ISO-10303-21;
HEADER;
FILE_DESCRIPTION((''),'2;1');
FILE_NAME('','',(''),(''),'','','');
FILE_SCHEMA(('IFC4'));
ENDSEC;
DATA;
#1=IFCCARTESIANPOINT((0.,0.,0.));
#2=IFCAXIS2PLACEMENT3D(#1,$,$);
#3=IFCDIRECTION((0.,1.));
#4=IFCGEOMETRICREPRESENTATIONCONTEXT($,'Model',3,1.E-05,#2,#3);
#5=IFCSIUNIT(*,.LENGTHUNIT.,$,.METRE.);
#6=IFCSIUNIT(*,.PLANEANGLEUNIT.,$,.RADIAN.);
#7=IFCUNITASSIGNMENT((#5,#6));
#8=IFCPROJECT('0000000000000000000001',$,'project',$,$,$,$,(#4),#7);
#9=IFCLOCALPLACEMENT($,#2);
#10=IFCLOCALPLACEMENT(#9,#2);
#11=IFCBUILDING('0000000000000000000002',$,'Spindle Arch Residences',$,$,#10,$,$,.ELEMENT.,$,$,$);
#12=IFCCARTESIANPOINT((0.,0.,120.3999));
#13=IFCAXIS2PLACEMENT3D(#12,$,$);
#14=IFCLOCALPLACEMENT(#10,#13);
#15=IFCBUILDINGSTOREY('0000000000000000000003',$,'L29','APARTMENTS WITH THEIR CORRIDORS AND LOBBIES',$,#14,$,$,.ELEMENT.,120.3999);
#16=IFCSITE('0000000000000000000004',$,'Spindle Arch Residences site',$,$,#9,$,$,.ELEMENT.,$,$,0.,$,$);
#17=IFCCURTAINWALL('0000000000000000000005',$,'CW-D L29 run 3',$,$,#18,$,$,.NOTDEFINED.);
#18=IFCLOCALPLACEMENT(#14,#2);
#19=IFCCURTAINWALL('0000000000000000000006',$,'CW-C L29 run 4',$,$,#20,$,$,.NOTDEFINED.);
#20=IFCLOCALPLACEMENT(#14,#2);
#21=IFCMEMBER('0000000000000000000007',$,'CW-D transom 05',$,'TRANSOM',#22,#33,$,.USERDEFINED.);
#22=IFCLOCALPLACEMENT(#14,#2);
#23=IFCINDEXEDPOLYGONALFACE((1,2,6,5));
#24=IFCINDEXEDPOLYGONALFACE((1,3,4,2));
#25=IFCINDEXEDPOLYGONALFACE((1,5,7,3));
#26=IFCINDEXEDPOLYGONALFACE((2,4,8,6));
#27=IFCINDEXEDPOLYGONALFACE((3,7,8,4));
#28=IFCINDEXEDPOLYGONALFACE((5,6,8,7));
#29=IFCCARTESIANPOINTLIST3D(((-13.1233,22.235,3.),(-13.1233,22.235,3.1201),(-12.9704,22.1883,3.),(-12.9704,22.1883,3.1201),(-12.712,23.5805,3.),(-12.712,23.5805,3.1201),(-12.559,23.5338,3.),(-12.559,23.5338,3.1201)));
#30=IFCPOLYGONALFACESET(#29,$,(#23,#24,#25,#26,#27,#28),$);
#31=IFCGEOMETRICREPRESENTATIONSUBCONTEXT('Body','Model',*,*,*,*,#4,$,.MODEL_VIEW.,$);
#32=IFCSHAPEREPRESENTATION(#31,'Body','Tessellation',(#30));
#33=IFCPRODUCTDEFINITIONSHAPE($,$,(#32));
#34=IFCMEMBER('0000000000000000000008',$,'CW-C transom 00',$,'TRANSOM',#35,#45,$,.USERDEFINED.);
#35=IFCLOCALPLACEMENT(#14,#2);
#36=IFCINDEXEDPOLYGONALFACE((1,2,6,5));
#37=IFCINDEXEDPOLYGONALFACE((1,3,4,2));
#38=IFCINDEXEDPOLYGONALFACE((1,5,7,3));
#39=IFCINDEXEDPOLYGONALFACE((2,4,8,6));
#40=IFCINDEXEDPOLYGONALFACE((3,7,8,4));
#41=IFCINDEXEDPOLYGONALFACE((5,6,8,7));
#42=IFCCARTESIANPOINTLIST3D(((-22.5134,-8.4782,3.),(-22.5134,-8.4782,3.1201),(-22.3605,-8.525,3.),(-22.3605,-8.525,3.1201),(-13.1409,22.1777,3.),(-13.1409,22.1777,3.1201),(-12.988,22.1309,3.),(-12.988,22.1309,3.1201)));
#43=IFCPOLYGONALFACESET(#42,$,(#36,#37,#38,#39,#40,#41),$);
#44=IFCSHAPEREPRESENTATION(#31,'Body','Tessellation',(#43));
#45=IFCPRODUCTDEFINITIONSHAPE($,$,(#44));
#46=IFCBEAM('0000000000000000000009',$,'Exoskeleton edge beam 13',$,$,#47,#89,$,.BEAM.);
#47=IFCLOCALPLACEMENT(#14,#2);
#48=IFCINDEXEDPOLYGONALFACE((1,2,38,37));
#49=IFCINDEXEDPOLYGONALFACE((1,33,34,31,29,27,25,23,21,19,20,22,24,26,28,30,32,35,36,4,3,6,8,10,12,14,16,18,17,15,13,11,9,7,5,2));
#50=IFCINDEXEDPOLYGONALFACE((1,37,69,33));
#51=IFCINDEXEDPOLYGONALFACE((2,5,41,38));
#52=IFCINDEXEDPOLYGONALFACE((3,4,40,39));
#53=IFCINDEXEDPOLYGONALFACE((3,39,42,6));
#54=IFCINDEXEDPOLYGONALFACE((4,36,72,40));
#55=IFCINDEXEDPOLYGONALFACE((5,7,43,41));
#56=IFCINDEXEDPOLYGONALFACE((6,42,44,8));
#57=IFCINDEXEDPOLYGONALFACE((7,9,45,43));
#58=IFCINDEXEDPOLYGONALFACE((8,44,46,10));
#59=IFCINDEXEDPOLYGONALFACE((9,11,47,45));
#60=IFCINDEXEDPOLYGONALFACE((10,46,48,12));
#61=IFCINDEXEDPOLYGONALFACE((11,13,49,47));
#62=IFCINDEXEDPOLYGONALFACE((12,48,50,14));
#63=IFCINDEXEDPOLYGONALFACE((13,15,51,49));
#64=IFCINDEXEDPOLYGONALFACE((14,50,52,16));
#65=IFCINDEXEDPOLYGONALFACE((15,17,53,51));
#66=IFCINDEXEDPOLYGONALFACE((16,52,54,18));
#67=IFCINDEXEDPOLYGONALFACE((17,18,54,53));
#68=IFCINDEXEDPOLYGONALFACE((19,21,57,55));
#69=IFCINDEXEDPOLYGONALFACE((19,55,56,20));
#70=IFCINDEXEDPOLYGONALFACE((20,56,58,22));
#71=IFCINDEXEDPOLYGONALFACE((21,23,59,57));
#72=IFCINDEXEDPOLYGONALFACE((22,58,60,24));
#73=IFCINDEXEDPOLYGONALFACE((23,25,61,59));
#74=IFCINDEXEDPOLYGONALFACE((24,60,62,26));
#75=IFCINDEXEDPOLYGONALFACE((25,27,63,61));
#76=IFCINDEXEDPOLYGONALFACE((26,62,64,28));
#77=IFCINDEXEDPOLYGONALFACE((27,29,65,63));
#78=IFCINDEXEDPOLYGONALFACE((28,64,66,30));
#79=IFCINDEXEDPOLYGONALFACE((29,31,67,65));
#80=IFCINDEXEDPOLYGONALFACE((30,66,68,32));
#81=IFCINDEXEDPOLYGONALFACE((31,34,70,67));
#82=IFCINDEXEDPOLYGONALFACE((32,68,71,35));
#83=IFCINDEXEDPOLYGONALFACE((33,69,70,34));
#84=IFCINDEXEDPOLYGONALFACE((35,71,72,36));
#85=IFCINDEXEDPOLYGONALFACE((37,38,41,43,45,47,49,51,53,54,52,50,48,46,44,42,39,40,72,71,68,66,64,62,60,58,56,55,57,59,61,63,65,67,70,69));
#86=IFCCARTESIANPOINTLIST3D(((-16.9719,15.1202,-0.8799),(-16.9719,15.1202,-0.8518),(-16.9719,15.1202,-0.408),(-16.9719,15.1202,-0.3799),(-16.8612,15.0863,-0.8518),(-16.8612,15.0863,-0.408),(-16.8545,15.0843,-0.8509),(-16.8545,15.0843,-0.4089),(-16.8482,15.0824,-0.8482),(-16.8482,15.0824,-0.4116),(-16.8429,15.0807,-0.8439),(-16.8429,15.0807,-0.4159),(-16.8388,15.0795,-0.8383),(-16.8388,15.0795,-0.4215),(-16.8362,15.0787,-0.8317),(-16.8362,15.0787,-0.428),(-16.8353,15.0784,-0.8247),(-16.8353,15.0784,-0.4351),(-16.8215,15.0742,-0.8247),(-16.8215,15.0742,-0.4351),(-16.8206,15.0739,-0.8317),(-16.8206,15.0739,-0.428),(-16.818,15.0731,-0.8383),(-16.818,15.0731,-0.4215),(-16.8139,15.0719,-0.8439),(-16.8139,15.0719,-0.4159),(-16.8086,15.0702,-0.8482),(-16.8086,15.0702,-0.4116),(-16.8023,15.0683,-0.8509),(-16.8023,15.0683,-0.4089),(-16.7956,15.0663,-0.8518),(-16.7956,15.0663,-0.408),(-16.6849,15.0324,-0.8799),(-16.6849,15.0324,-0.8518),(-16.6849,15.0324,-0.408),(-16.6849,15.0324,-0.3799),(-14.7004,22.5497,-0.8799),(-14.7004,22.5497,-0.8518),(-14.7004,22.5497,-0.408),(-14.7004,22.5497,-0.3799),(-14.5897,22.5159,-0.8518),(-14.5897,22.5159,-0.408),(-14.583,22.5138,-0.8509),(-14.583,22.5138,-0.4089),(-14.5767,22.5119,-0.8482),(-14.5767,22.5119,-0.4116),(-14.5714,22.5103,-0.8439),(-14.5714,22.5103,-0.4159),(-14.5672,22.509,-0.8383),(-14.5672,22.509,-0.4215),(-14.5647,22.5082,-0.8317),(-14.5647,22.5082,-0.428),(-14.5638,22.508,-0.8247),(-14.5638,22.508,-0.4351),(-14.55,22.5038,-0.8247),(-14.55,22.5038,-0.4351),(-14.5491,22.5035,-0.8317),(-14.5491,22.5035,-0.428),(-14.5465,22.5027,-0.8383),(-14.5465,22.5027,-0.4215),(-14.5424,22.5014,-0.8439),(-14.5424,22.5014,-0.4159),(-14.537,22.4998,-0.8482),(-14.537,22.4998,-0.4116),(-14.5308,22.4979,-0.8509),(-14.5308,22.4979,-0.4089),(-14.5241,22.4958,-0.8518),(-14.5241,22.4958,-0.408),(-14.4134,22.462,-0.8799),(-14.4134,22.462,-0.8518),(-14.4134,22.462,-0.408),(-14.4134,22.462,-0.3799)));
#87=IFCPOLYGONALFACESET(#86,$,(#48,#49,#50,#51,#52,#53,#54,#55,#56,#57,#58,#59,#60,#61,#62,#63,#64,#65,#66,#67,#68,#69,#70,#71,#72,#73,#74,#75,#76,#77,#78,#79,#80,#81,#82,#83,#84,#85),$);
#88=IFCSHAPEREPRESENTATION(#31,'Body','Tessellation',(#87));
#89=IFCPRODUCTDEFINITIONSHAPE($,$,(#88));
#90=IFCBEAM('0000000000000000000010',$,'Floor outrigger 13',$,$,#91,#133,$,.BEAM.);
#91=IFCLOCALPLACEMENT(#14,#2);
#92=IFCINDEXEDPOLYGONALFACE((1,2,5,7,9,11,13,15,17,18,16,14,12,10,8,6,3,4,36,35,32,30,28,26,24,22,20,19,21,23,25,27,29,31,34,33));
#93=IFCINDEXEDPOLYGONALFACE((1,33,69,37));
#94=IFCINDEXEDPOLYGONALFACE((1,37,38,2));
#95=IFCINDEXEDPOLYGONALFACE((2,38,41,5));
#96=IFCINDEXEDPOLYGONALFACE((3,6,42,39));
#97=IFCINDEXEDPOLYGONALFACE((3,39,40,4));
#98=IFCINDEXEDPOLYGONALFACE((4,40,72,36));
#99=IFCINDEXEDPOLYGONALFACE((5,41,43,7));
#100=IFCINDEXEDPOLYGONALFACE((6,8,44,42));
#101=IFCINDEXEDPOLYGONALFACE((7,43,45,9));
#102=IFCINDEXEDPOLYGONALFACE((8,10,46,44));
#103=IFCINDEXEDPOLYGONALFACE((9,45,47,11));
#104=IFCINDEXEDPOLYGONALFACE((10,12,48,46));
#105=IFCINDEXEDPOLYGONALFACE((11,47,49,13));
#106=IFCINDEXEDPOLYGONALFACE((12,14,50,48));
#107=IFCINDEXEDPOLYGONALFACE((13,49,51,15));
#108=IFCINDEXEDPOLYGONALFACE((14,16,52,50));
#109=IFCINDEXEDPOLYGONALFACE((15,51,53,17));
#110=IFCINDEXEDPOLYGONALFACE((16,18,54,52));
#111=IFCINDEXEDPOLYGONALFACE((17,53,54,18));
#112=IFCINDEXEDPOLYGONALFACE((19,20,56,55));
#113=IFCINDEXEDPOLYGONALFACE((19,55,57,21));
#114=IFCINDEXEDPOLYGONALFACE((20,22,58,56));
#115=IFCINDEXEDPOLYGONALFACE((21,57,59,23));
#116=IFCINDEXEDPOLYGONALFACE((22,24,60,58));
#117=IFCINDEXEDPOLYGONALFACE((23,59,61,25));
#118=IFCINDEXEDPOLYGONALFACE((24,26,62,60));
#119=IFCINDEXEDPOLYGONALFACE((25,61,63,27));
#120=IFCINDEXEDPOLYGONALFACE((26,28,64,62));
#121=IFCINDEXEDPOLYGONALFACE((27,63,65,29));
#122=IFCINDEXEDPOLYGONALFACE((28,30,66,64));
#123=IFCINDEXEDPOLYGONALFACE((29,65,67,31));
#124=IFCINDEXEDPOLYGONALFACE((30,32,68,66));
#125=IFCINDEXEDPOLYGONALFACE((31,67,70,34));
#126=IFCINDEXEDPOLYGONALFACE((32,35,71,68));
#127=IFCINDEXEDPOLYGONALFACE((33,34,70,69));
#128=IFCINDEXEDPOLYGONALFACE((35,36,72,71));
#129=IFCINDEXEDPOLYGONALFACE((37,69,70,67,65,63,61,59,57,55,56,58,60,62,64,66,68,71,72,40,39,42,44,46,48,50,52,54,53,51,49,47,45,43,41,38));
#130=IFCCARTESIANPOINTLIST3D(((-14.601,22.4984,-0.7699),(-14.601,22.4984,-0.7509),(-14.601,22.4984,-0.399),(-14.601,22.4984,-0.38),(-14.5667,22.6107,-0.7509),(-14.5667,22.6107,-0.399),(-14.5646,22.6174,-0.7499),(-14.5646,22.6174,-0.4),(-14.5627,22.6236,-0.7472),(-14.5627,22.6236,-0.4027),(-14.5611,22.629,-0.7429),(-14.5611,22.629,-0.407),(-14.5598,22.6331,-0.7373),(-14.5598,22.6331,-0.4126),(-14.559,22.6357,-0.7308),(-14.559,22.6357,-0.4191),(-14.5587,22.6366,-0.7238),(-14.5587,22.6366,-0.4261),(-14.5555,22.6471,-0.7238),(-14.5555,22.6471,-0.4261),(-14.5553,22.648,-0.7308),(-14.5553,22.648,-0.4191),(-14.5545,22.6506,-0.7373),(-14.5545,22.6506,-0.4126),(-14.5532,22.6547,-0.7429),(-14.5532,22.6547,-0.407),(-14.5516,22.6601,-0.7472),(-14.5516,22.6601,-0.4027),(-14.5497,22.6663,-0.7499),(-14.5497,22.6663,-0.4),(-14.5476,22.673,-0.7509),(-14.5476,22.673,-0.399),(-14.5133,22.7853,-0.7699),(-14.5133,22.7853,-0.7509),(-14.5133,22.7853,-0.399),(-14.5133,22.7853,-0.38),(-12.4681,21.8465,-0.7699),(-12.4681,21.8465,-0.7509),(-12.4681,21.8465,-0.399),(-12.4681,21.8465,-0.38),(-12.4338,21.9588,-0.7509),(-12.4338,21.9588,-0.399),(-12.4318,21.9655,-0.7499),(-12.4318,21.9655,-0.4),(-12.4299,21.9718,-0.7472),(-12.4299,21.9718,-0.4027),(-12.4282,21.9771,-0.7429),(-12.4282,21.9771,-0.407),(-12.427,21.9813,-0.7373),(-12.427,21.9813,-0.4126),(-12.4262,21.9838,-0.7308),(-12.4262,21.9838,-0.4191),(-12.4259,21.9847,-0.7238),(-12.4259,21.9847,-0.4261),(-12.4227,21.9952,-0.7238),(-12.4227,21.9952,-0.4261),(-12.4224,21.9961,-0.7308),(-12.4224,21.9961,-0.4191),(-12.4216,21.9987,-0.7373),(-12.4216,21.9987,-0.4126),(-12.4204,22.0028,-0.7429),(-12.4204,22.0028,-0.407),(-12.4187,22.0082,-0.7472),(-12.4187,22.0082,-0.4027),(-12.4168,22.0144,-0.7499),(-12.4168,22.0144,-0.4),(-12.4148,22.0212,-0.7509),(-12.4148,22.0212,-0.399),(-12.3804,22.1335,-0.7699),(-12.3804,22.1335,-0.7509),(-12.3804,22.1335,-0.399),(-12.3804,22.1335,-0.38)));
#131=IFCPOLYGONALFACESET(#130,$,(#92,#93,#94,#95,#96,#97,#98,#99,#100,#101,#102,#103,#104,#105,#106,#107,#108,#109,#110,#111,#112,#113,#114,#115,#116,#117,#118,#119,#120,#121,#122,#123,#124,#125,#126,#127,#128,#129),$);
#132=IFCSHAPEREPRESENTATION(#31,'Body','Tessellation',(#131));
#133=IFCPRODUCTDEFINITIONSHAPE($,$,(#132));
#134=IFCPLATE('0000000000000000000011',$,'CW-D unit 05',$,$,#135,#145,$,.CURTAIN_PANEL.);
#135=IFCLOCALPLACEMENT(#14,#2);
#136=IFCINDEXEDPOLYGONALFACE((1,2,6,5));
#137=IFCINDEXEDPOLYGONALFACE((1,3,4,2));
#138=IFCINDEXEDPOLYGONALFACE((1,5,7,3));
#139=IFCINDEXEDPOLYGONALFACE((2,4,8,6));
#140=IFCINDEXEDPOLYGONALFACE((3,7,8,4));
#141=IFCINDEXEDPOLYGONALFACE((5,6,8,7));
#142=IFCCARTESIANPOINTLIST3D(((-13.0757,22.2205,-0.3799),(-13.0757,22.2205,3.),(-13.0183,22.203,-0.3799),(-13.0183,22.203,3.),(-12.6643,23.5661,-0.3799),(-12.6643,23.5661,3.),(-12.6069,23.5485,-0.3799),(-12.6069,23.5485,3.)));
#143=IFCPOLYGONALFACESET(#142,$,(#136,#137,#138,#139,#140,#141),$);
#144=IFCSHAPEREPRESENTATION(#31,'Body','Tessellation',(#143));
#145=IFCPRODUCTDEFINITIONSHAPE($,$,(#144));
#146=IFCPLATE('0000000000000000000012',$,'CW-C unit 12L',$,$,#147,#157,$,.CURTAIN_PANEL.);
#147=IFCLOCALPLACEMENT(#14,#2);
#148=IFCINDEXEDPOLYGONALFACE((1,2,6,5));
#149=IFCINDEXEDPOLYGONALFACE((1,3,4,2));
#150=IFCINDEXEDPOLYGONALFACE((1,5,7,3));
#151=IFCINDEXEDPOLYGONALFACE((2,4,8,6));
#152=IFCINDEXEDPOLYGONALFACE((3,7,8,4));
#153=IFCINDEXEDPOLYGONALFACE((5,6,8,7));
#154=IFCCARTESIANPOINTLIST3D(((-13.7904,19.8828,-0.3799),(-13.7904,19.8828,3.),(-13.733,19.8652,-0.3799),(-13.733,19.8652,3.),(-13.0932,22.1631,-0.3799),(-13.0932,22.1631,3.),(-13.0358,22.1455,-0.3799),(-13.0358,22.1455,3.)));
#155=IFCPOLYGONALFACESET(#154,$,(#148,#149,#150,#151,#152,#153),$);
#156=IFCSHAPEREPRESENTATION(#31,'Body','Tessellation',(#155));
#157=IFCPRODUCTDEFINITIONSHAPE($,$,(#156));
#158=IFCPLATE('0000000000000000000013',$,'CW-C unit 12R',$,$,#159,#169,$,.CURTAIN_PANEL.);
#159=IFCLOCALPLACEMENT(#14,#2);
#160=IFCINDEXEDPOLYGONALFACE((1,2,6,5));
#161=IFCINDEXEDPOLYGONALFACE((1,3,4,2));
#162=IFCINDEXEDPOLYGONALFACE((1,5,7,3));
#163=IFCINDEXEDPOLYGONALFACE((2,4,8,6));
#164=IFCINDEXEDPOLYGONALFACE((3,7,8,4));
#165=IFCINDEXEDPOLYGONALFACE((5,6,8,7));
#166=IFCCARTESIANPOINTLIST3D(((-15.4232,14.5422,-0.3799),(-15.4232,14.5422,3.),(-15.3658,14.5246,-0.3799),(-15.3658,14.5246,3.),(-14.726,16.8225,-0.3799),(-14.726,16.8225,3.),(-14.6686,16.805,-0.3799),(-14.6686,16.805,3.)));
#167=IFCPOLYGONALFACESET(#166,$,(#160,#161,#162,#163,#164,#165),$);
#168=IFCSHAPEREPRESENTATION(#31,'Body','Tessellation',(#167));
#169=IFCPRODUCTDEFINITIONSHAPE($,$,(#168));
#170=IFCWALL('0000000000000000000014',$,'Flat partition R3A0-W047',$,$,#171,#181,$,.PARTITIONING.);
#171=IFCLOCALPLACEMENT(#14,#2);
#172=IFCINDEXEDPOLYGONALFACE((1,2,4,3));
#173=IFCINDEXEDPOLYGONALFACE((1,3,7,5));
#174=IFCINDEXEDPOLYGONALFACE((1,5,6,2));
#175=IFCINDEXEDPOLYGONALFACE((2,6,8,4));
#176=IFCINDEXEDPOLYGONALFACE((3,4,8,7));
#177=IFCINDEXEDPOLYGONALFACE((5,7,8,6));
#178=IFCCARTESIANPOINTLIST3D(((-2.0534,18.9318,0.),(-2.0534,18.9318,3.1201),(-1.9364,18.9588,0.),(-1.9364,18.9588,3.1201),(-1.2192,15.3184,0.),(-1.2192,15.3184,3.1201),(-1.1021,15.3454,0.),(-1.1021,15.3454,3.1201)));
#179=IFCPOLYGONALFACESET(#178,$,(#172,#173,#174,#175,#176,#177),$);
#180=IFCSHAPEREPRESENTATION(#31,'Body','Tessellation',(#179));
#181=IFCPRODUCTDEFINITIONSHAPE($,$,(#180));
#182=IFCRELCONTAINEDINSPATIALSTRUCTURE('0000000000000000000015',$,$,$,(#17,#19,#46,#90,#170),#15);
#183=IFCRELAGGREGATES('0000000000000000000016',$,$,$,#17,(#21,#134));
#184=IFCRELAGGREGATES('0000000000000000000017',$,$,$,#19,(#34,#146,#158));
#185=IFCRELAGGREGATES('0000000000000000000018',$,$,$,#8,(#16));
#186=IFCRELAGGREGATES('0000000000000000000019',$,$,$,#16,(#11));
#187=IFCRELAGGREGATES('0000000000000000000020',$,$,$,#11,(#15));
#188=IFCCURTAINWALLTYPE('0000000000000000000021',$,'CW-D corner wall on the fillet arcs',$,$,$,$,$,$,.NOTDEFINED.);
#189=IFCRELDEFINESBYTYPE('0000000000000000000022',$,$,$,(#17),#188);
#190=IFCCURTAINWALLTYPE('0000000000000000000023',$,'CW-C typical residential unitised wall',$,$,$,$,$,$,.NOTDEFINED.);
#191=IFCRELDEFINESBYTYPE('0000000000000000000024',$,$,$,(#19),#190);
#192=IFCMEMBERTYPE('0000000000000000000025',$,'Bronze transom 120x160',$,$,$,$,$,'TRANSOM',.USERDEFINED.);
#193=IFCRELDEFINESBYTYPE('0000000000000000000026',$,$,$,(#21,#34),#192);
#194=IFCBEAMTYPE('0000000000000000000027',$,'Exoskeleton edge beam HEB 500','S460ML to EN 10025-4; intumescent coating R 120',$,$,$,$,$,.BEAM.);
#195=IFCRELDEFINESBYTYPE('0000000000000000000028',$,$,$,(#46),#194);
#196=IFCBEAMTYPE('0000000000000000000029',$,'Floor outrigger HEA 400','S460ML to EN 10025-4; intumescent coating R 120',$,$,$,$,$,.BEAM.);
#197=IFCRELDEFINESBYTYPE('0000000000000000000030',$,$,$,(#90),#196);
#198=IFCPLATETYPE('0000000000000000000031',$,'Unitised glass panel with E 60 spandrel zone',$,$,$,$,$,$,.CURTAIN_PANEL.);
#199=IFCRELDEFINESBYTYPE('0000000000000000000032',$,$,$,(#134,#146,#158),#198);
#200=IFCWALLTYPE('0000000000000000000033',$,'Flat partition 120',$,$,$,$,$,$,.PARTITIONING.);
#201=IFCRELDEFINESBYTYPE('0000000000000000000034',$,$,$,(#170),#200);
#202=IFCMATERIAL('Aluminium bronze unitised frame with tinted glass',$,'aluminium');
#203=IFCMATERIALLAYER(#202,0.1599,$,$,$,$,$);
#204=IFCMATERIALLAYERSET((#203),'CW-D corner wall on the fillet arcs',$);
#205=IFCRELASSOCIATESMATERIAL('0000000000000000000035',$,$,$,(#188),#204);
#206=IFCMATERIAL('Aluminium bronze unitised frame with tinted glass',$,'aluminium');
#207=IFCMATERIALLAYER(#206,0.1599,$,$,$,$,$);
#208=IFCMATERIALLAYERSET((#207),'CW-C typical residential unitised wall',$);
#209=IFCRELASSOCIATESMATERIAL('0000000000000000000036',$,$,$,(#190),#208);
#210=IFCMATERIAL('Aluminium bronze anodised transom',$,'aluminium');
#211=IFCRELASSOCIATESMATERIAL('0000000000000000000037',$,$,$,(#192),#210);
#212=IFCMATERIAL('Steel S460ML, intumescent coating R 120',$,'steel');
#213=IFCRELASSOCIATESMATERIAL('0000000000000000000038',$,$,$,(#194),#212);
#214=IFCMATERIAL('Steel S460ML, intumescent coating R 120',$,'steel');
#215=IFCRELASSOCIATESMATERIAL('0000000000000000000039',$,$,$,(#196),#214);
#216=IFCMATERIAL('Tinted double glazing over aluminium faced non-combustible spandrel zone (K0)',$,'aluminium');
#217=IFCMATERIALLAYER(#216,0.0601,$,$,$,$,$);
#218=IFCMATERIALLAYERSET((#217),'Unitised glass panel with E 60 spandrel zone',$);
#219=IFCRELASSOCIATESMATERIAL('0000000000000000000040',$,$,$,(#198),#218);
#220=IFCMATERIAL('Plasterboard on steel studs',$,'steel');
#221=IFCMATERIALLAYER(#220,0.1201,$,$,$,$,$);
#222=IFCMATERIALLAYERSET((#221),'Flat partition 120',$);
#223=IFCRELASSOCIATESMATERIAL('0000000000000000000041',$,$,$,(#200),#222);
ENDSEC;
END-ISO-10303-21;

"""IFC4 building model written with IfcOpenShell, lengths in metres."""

from ifc_helpers import new_model, si_unit, direction, frame, frame_2d, origin, origin_2d, place, context, subcontext, project, spatial, rectangle, i_section, extrude, material, layer, layer_set, material_profile, profile_set, type_object, element, aggregate, save


model = new_model("IFC4")

# Units and contexts
model_context = context("Model", 3, precision=1e-05, world=origin(), true_north=direction((0.0, 1.0)))
body_context = subcontext(model_context, "Body", "Model", "MODEL_VIEW")
ifc_project = project(units=[si_unit("LENGTHUNIT", "METRE"), si_unit("PLANEANGLEUNIT", "RADIAN")], contexts=[model_context])

# Site, building, storey
site_placement = place(None, origin())
site = spatial("IfcSite", under=ifc_project, at=site_placement, Name="Spindle Arch Residences site", CompositionType="ELEMENT", RefElevation=0.0)
building_placement = place(site_placement, origin())
building = spatial("IfcBuilding", under=site, at=building_placement, Name="Spindle Arch Residences", CompositionType="ELEMENT")
storey_placement = place(building_placement, frame((0.0, 0.0, 120.3999)))
storey = spatial("IfcBuildingStorey", under=building, at=storey_placement, Name="L29", Description="APARTMENTS WITH THEIR CORRIDORS AND LOBBIES", CompositionType="ELEMENT", Elevation=120.3999)

# Curtain walls
ifc_material_1 = material(Name="Aluminium bronze unitised frame with tinted glass", Category="aluminium")
ifc_layer_1 = layer(ifc_material_1, 0.1599)
ifc_layer_set_1 = layer_set([ifc_layer_1], Name="CW-D corner wall on the fillet arcs")
curtain_wall_type_1 = type_object("IfcCurtainWallType", Name="CW-D corner wall on the fillet arcs", PredefinedType="NOTDEFINED", material=ifc_layer_set_1)
curtain_wall_1_placement = place(storey_placement, origin())
curtain_wall_1 = element("IfcCurtainWall", 1, at=curtain_wall_1_placement, inside=storey, type_object=curtain_wall_type_1, Name="CW-D L29 run 3", PredefinedType="NOTDEFINED")
ifc_material_2 = material(Name="Aluminium bronze unitised frame with tinted glass", Category="aluminium")
ifc_layer_2 = layer(ifc_material_2, 0.1599)
ifc_layer_set_2 = layer_set([ifc_layer_2], Name="CW-C typical residential unitised wall")
curtain_wall_type_2 = type_object("IfcCurtainWallType", Name="CW-C typical residential unitised wall", PredefinedType="NOTDEFINED", material=ifc_layer_set_2)
curtain_wall_2_placement = place(storey_placement, origin())
curtain_wall_2 = element("IfcCurtainWall", 2, at=curtain_wall_2_placement, inside=storey, type_object=curtain_wall_type_2, Name="CW-C L29 run 4", PredefinedType="NOTDEFINED")

# Members
ifc_material_3 = material(Name="Aluminium bronze anodised transom", Category="aluminium")
ifc_material_profile_1 = material_profile(ifc_material_3, rectangle(XDim=0.1599, YDim=0.1201, at=origin_2d()), Name="TR 120x160")
ifc_profile_set_1 = profile_set([ifc_material_profile_1], Name="Aluminium bronze anodised transom")
member_type_1 = type_object("IfcMemberType", Name="Bronze transom 120x160", ElementType="TRANSOM", PredefinedType="USERDEFINED", material=ifc_profile_set_1)
member_1_placement = place(storey_placement, frame((-12.6355, 23.5571, 3.0601), z_axis=(-0.29239, -0.956299, 0.0), x_axis=(0.956299, -0.29239, 0.0)))
member_1 = element("IfcMember", 3, at=member_1_placement, type_object=member_type_1, Name="CW-D transom 05", ObjectType="TRANSOM", PredefinedType="USERDEFINED", context=body_context, shape_type="SweptSolid", body=[
    extrude(rectangle(XDim=0.1599, YDim=0.1201, at=origin_2d()), origin(), (0.0, 0.0, 1.0), 1.407),
])
member_2_placement = place(storey_placement, frame((-13.0645, 22.1543, 3.0601), z_axis=(-0.292374, -0.956304, 0.0), x_axis=(0.956304, -0.292374, 0.0)))
member_2 = element("IfcMember", 4, at=member_2_placement, type_object=member_type_1, Name="CW-C transom 00", ObjectType="TRANSOM", PredefinedType="USERDEFINED", context=body_context, shape_type="SweptSolid", body=[
    extrude(rectangle(XDim=0.1599, YDim=0.1201, at=origin_2d()), origin(), (0.0, 0.0, 1.0), 32.0566),
])

# Beams
ifc_material_4 = material(Name="Steel S460ML, intumescent coating R 120", Category="steel")
ifc_material_profile_2 = material_profile(ifc_material_4, i_section(OverallWidth=0.3, OverallDepth=0.5, WebThickness=0.0144, FlangeThickness=0.0281, FilletRadius=0.0271, at=origin_2d()), Name="HEB 500")
ifc_profile_set_2 = profile_set([ifc_material_profile_2], Name="Steel S460ML, intumescent coating R 120")
beam_type_1 = type_object("IfcBeamType", Name="Exoskeleton edge beam HEB 500", Description="S460ML to EN 10025-4; intumescent coating R 120", PredefinedType="BEAM", material=ifc_profile_set_2)
beam_1_placement = place(storey_placement, frame((-14.5569, 22.5059, -0.6299), z_axis=(-0.292381, -0.956302, 0.0), x_axis=(0.956302, -0.292381, 0.0)))
element("IfcBeam", 5, at=beam_1_placement, inside=storey, type_object=beam_type_1, Name="Exoskeleton edge beam 13", PredefinedType="BEAM", context=body_context, shape_type="SweptSolid", body=[
    extrude(i_section(OverallWidth=0.3, OverallDepth=0.5, WebThickness=0.0144, FlangeThickness=0.0281, FilletRadius=0.0271, at=origin_2d()), origin(), (0.0, 0.0, 1.0), 7.769),
])
ifc_material_5 = material(Name="Steel S460ML, intumescent coating R 120", Category="steel")
ifc_material_profile_3 = material_profile(ifc_material_5, i_section(OverallWidth=0.3, OverallDepth=0.3899, WebThickness=0.011, FlangeThickness=0.019, FilletRadius=0.0271, at=origin_2d()), Name="HEA 400")
ifc_profile_set_3 = profile_set([ifc_material_profile_3], Name="Steel S460ML, intumescent coating R 120")
beam_type_2 = type_object("IfcBeamType", Name="Floor outrigger HEA 400", Description="S460ML to EN 10025-4; intumescent coating R 120", PredefinedType="BEAM", material=ifc_profile_set_3)
beam_2_placement = place(storey_placement, frame((-14.5571, 22.6418, -0.575), z_axis=(0.956331, -0.292285, 0.0), x_axis=(0.292285, 0.956331, 0.0)))
element("IfcBeam", 6, at=beam_2_placement, inside=storey, type_object=beam_type_2, Name="Floor outrigger 13", PredefinedType="BEAM", context=body_context, shape_type="SweptSolid", body=[
    extrude(i_section(OverallWidth=0.3, OverallDepth=0.3899, WebThickness=0.011, FlangeThickness=0.019, FilletRadius=0.0271, at=origin_2d()), origin(), (0.0, 0.0, 1.0), 2.2302),
])

# Plates
ifc_material_6 = material(Name="Tinted double glazing over aluminium faced non-combustible spandrel zone (K0)", Category="aluminium")
ifc_layer_3 = layer(ifc_material_6, 0.0601)
ifc_layer_set_3 = layer_set([ifc_layer_3], Name="Unitised glass panel with E 60 spandrel zone")
plate_type = type_object("IfcPlateType", Name="Unitised glass panel with E 60 spandrel zone", PredefinedType="CURTAIN_PANEL", material=ifc_layer_set_3)
plate_1_placement = place(storey_placement, frame((-12.8413, 22.8845, -0.3799), z_axis=(0.0, 0.0, 1.0), x_axis=(-0.292372, -0.956305, 0.0)))
plate_1 = element("IfcPlate", 7, at=plate_1_placement, type_object=plate_type, Name="CW-D unit 05", PredefinedType="CURTAIN_PANEL", context=body_context, shape_type="SweptSolid", body=[
    extrude(rectangle(XDim=1.407, YDim=0.0601, at=origin_2d()), origin(), (0.0, 0.0, 1.0), 3.3799),
])
aggregate(curtain_wall_1, [member_1, plate_1])
plate_2_placement = place(storey_placement, frame((-13.4131, 21.0142, -0.3799), z_axis=(0.0, 0.0, 1.0), x_axis=(-0.292372, -0.956305, 0.0)))
plate_2 = element("IfcPlate", 8, at=plate_2_placement, type_object=plate_type, Name="CW-C unit 12L", PredefinedType="CURTAIN_PANEL", context=body_context, shape_type="SweptSolid", body=[
    extrude(rectangle(XDim=2.3845, YDim=0.0601, at=origin_2d()), origin(), (0.0, 0.0, 1.0), 3.3799),
])
plate_3_placement = place(storey_placement, frame((-15.0459, 15.6736, -0.3799), z_axis=(0.0, 0.0, 1.0), x_axis=(-0.292372, -0.956305, 0.0)))
plate_3 = element("IfcPlate", 9, at=plate_3_placement, type_object=plate_type, Name="CW-C unit 12R", PredefinedType="CURTAIN_PANEL", context=body_context, shape_type="SweptSolid", body=[
    extrude(rectangle(XDim=2.3845, YDim=0.0601, at=origin_2d()), origin(), (0.0, 0.0, 1.0), 3.3799),
])
aggregate(curtain_wall_2, [member_2, plate_2, plate_3])

# Wall
ifc_material_7 = material(Name="Plasterboard on steel studs", Category="steel")
ifc_layer_4 = layer(ifc_material_7, 0.1201)
ifc_layer_set_4 = layer_set([ifc_layer_4], Name="Flat partition 120")
wall_type_1 = type_object("IfcWallType", Name="Flat partition 120", PredefinedType="PARTITIONING", material=ifc_layer_set_4)
wall_1_placement = place(storey_placement, frame((-1.9949, 18.9453, 0.0), z_axis=(0.0, 0.0, 1.0), x_axis=(0.224946, -0.974371, 0.0)))
element("IfcWall", 10, at=wall_1_placement, inside=storey, type_object=wall_type_1, Name="Flat partition R3A0-W047", PredefinedType="PARTITIONING", context=body_context, shape_type="SweptSolid", body=[
    extrude(rectangle(XDim=3.7085, YDim=0.1201, at=frame_2d((1.8542, 0.0))), origin(), (0.0, 0.0, 1.0), 3.1201),
])

save(model, "model.ifc")
